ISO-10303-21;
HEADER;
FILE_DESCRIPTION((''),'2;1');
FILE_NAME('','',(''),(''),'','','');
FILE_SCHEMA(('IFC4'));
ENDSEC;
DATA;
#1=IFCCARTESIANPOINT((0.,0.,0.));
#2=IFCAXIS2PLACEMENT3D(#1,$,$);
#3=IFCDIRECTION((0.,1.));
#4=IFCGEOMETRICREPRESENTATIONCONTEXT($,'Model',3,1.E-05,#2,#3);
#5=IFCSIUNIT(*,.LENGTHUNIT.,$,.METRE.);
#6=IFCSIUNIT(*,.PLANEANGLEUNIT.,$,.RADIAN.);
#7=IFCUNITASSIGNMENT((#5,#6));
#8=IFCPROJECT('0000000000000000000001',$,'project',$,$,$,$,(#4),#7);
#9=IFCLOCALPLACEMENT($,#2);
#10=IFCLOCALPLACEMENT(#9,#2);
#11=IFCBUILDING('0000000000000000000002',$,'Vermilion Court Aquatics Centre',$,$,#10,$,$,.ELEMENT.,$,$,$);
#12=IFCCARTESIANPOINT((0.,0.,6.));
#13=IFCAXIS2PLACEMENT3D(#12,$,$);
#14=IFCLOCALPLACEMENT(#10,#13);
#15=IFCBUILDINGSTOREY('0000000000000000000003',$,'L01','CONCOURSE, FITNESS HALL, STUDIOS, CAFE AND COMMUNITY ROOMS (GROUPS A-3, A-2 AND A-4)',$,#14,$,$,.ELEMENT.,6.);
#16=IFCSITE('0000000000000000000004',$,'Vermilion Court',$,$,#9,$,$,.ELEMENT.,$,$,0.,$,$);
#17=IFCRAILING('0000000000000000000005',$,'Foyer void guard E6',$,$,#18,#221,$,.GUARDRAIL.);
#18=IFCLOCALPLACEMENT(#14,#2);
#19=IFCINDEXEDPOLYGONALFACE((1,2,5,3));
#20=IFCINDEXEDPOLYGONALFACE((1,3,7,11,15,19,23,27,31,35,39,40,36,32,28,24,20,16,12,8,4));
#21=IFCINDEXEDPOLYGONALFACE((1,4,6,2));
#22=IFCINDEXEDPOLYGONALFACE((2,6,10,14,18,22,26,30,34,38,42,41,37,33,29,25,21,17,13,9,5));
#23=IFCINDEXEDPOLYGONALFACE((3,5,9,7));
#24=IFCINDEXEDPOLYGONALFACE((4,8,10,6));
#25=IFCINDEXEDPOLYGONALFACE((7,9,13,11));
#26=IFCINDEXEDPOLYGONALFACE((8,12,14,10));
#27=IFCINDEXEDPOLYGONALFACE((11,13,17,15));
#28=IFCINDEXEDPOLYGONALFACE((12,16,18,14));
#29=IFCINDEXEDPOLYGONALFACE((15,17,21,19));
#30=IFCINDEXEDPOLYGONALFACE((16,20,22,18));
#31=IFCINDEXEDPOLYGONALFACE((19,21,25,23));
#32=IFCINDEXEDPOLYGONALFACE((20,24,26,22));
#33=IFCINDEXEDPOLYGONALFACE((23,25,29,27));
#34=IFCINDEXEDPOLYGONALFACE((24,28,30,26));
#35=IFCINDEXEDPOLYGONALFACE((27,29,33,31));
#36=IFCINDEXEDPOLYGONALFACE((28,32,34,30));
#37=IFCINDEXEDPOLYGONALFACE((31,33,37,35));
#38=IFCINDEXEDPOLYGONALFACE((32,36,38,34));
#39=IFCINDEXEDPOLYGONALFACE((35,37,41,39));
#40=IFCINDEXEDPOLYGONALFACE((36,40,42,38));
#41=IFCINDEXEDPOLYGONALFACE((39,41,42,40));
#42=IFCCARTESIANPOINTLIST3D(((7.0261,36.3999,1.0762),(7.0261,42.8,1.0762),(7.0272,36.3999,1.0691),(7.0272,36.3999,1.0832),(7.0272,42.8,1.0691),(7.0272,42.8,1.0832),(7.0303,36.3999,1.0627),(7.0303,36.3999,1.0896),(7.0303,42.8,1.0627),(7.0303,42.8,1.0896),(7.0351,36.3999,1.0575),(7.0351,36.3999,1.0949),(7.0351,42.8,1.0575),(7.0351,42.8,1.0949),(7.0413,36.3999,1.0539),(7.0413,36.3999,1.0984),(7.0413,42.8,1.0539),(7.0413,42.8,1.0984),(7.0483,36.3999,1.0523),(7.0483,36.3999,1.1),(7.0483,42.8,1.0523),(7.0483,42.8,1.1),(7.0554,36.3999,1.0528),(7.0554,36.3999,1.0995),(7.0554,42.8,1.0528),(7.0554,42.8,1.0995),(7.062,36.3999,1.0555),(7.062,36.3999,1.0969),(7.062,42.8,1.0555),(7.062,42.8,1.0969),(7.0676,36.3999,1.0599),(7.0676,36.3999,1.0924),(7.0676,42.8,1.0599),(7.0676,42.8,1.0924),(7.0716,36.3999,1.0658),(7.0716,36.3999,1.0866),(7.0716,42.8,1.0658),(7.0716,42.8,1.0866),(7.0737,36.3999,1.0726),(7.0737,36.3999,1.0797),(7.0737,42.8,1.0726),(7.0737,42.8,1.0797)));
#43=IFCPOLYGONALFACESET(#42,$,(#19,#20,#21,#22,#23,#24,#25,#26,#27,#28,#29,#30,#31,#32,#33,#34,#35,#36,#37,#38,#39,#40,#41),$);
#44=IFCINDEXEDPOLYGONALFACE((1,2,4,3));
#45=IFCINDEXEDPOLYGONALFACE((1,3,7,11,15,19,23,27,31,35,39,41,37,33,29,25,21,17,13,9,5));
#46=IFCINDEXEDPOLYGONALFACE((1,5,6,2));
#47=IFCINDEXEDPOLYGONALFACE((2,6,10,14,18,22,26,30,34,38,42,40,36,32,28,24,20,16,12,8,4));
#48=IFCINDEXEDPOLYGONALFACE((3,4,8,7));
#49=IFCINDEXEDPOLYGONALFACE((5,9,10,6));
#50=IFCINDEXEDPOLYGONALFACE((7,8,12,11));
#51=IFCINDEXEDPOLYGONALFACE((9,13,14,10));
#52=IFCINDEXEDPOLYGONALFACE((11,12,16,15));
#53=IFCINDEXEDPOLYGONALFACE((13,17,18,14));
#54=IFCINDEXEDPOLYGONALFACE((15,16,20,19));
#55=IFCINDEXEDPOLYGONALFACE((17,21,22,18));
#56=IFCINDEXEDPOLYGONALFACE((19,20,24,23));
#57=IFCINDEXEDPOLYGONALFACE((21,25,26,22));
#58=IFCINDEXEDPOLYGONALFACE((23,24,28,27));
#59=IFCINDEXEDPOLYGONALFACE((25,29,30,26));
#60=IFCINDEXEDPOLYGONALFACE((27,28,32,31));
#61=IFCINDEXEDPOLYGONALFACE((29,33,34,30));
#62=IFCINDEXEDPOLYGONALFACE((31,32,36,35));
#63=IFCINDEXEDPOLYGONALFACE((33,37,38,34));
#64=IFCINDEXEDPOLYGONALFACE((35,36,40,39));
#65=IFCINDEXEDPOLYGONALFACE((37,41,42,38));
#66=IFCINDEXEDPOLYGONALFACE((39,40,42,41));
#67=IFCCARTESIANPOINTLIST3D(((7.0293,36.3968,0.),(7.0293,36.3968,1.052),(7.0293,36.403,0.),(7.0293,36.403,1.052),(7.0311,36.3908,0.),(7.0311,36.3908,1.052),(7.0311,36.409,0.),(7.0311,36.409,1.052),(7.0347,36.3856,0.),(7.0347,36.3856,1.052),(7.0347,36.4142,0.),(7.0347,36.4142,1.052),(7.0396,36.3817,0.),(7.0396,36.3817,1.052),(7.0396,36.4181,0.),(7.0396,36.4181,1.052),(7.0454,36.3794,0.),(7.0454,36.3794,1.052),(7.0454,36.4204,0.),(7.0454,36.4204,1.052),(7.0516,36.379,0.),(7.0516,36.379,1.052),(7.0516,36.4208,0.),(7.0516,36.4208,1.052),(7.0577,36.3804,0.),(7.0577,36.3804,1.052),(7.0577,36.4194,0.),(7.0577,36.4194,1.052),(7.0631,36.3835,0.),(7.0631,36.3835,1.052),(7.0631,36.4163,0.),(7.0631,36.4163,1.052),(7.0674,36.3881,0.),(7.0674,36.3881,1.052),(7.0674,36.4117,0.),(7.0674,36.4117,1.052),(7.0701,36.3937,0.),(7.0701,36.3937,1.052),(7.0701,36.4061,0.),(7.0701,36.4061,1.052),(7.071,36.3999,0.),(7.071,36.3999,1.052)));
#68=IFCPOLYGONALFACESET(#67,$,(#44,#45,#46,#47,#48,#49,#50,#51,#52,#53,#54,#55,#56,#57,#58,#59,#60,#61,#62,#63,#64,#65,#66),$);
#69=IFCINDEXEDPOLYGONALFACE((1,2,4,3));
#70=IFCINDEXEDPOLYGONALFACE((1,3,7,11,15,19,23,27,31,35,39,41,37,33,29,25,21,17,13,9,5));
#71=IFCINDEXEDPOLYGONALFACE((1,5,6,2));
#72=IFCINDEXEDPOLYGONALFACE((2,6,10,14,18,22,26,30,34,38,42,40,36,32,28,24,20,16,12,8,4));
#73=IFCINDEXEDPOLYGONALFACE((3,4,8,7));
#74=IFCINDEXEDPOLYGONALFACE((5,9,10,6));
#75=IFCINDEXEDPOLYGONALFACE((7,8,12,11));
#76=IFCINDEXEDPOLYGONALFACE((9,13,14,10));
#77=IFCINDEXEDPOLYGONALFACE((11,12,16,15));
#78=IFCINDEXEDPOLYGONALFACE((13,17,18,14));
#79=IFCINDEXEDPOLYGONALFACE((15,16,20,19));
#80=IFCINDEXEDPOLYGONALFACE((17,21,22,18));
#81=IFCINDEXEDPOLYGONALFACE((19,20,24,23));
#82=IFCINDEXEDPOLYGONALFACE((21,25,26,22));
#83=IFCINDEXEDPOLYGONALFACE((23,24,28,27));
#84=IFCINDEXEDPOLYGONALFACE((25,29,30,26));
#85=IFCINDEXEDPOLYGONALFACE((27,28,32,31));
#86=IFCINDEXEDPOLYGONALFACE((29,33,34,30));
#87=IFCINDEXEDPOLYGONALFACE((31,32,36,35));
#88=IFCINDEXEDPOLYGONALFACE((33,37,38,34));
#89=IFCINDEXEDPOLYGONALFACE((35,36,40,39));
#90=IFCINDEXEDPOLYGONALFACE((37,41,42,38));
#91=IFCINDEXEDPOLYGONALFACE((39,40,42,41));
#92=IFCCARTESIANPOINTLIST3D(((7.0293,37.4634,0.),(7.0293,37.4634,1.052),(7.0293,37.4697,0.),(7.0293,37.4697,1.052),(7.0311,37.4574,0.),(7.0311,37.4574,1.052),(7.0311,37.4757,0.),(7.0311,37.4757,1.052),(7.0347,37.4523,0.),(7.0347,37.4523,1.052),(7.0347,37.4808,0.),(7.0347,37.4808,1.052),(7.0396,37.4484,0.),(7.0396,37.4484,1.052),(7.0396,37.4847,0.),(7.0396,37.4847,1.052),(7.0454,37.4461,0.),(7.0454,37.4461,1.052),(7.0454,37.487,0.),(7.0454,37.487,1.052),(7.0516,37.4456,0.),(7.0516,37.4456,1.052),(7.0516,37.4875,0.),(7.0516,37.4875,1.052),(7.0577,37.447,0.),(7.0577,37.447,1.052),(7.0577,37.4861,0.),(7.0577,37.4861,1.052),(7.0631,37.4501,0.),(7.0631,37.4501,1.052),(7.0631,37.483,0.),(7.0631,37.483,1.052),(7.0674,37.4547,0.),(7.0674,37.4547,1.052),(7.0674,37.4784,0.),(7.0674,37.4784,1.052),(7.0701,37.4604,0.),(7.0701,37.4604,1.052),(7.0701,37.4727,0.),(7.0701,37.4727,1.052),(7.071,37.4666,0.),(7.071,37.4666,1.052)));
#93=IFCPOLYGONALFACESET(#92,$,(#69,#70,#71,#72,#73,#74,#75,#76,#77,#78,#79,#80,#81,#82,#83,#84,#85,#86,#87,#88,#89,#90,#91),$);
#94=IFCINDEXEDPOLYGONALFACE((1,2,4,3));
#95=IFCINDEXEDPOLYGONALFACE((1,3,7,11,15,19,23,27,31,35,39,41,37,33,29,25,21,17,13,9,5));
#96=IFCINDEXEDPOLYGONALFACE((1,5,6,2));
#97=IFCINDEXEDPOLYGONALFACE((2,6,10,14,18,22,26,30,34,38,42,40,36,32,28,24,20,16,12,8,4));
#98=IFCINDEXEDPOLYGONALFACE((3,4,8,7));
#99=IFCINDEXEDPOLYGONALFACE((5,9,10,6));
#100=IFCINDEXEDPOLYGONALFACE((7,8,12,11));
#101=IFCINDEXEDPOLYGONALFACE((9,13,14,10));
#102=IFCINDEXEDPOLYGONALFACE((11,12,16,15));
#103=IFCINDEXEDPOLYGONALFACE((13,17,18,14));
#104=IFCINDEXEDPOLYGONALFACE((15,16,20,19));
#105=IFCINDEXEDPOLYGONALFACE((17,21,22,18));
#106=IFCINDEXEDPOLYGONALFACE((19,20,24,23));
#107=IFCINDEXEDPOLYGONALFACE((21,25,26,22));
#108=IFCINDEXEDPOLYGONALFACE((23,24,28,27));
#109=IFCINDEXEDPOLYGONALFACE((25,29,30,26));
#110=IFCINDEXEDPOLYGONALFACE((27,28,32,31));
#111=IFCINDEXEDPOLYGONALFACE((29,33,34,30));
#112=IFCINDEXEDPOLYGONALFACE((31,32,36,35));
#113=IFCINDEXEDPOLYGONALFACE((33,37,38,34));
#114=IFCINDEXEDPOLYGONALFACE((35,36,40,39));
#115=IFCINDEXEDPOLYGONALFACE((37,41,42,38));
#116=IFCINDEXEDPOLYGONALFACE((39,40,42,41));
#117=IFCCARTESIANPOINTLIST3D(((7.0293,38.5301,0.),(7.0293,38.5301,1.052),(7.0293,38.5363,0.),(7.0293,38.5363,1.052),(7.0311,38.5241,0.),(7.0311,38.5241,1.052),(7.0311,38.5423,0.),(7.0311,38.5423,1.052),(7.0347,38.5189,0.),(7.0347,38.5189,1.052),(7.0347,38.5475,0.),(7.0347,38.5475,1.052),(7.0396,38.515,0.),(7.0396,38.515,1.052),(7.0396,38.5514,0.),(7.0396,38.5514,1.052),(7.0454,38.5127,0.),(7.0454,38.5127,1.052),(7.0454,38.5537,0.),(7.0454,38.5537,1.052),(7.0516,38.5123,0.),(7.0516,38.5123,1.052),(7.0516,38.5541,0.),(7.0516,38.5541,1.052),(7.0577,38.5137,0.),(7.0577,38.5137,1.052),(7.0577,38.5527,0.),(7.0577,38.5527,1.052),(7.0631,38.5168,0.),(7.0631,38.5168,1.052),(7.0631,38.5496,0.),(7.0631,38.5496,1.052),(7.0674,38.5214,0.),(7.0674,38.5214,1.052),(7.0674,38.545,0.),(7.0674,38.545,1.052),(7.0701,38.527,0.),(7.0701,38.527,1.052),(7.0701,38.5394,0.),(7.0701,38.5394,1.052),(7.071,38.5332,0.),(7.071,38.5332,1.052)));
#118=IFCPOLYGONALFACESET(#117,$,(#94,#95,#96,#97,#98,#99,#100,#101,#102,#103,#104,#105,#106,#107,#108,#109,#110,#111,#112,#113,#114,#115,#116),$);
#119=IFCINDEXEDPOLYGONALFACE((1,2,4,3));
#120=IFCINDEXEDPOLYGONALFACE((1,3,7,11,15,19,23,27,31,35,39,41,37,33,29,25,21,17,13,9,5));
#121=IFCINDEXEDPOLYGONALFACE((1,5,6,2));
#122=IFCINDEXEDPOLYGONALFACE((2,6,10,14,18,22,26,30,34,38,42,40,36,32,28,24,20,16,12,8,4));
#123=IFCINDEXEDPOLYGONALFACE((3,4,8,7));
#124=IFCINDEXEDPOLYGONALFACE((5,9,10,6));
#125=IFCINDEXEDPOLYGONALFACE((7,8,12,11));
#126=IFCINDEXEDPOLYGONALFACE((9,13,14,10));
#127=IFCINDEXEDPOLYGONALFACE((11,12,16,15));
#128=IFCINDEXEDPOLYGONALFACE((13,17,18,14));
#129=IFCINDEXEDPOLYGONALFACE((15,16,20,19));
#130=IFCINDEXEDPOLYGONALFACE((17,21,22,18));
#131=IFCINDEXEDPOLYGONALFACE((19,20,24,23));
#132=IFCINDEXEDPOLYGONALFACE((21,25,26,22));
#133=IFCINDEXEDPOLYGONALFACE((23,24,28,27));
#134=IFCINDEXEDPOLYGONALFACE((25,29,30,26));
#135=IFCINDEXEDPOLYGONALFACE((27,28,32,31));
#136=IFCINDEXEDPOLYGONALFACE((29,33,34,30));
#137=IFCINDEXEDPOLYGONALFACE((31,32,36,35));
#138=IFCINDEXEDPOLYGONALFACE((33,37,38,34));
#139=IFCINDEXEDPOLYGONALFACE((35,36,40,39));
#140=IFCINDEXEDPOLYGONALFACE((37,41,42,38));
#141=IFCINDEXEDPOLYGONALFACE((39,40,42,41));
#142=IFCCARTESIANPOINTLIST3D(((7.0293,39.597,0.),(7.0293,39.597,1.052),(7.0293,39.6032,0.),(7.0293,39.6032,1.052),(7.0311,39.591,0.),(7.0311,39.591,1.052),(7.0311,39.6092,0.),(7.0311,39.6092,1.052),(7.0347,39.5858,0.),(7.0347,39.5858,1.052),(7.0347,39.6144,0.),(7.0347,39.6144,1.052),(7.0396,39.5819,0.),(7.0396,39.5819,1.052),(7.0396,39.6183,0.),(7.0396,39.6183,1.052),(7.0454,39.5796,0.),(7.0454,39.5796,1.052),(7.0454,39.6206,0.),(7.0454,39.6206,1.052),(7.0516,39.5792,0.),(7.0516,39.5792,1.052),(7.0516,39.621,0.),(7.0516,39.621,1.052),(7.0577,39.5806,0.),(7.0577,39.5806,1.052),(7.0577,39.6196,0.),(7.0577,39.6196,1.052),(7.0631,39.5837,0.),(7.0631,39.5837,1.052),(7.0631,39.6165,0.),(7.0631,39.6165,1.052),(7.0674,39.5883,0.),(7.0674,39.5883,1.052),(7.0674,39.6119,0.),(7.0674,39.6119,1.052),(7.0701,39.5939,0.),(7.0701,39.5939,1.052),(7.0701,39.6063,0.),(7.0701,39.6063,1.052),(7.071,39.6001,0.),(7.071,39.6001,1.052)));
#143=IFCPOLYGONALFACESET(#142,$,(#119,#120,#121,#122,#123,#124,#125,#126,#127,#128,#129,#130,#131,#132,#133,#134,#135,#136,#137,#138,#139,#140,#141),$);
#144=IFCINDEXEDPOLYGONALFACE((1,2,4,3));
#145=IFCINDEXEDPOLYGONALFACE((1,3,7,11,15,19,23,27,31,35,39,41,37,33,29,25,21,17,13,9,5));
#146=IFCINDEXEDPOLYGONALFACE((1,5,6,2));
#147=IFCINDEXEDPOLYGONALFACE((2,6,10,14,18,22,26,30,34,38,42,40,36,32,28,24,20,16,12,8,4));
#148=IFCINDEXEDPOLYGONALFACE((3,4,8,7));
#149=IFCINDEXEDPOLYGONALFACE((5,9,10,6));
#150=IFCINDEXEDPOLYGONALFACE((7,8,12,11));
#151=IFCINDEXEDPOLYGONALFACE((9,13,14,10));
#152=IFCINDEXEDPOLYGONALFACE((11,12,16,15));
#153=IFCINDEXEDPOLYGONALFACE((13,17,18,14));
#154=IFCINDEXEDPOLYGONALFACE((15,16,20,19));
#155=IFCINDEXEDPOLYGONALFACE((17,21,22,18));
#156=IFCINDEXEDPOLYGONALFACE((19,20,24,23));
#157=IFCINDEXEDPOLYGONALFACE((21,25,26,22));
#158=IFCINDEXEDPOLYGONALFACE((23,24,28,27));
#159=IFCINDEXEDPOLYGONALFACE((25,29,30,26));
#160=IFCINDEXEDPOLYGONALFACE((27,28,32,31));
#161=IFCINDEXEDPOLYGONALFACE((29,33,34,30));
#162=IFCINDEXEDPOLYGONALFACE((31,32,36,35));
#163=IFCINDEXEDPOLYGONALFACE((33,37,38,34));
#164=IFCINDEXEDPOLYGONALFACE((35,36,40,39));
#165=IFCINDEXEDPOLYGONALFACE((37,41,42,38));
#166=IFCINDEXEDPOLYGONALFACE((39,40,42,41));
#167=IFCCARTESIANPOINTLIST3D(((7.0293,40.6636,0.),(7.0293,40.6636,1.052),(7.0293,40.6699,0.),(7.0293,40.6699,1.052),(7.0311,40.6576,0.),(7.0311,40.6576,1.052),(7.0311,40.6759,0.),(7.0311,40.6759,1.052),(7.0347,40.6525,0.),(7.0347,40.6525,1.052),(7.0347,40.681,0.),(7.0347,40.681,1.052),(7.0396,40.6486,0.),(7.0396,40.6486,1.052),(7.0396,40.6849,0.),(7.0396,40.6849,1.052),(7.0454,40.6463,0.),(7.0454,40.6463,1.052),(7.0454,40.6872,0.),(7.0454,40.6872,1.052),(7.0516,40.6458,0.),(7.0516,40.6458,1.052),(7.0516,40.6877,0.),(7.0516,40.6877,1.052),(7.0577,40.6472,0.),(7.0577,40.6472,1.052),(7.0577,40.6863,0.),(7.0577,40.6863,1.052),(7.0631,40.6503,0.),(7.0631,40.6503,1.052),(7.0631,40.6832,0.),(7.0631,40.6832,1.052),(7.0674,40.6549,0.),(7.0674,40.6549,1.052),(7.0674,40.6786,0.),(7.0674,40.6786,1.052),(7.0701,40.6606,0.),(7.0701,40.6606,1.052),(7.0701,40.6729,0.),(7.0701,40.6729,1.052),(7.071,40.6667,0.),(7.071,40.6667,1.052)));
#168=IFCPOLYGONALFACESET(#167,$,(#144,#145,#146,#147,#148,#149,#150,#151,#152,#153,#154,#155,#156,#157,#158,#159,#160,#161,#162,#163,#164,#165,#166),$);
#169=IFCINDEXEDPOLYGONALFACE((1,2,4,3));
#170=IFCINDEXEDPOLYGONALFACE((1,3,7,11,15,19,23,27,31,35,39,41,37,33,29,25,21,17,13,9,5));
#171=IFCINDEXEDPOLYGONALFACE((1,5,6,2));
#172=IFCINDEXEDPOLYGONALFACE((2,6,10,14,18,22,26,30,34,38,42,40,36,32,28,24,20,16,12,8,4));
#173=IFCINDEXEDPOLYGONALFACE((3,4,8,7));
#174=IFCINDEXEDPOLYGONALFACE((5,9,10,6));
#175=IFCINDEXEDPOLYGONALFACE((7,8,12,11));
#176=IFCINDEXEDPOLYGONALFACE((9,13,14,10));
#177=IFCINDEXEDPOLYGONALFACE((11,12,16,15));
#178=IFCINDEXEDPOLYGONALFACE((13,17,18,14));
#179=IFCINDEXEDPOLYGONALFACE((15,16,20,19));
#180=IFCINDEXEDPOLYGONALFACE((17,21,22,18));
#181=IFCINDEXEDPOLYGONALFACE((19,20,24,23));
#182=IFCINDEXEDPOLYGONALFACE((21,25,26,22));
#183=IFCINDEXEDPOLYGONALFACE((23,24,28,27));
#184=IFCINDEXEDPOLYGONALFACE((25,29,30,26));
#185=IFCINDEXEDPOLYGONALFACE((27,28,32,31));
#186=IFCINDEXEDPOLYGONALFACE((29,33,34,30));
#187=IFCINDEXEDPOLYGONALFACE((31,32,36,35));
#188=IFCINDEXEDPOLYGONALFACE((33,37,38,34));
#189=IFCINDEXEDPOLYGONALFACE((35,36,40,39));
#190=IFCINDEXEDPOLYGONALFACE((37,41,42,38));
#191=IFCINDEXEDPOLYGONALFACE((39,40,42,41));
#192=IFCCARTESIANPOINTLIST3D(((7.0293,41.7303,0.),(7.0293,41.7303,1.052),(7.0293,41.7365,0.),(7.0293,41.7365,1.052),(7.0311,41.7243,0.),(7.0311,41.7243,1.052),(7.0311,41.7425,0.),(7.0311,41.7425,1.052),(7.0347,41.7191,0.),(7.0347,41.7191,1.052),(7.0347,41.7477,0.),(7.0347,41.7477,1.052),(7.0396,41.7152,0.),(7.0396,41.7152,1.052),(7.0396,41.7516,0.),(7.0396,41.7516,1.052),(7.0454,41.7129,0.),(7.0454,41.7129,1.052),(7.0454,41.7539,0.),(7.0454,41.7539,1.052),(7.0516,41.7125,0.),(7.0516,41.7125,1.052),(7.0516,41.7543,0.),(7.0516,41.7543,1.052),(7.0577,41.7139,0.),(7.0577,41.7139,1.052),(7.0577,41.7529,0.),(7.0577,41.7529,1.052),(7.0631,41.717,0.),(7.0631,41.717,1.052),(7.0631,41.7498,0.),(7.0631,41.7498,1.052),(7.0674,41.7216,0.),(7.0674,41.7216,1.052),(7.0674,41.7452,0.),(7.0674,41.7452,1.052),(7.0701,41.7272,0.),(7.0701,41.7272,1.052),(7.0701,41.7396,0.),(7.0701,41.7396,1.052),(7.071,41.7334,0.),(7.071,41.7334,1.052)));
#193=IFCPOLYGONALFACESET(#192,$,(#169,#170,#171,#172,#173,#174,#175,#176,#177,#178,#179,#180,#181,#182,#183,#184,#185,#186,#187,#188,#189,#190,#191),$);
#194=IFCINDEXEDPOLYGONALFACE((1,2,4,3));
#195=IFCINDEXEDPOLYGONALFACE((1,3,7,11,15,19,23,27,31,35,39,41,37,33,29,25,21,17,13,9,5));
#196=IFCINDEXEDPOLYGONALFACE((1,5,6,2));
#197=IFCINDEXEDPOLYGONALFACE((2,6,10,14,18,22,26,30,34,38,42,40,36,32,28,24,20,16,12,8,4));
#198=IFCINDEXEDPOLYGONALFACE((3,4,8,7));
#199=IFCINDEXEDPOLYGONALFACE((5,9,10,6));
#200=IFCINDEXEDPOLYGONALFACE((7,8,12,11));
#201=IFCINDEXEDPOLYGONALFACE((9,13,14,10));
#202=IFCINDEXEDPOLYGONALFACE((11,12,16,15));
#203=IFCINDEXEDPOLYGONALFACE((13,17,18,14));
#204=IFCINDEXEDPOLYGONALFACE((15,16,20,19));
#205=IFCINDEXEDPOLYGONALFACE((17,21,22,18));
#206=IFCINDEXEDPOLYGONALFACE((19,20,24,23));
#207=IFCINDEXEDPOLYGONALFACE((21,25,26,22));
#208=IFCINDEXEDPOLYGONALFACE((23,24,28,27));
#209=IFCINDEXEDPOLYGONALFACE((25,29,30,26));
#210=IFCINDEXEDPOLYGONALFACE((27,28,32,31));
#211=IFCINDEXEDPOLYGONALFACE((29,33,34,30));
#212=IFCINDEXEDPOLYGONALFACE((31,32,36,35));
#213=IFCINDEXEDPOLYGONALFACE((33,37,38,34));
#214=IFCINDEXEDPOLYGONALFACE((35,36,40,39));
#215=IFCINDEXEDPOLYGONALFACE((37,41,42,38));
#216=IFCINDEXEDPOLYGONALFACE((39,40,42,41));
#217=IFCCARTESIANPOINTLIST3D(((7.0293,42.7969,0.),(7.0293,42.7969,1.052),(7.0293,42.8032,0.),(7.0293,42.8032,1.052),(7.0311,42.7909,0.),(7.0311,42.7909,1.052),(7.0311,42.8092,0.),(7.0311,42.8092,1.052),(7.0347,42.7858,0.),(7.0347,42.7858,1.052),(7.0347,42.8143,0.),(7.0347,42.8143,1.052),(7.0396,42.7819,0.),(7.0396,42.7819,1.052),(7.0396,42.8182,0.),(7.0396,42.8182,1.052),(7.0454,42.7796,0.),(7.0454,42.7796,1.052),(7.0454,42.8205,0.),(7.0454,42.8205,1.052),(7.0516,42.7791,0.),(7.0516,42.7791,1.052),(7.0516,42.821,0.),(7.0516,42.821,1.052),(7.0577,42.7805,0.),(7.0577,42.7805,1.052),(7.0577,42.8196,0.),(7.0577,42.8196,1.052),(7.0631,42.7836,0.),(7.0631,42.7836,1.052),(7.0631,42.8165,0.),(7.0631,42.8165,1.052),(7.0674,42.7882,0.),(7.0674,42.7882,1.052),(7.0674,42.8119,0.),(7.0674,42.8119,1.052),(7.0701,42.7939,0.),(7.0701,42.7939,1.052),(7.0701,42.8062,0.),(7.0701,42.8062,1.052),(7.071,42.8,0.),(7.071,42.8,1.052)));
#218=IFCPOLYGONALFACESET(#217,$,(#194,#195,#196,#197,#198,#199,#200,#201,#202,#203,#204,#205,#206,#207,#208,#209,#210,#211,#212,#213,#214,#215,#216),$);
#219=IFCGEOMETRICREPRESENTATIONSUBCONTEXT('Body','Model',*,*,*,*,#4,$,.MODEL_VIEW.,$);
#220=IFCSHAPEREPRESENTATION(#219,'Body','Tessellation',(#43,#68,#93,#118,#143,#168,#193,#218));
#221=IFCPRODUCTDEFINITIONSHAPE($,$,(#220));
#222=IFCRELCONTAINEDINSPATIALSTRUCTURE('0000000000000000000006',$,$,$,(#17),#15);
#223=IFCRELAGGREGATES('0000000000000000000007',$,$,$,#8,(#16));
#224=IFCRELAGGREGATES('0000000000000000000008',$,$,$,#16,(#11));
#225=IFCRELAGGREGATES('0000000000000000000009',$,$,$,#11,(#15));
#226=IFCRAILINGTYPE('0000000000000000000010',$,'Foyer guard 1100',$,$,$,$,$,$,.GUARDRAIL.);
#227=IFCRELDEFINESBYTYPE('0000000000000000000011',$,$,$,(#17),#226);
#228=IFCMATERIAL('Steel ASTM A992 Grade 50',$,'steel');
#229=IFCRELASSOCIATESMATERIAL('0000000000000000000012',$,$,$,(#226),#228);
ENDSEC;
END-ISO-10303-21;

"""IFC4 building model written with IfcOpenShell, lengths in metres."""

from ifc_helpers import new_model, si_unit, direction, frame, origin, origin_2d, place, context, subcontext, project, spatial, circle, extrude, material, type_object, element, save


model = new_model("IFC4")

# Units and contexts
model_context = context("Model", 3, precision=1e-05, world=origin(), true_north=direction((0.0, 1.0)))
body_context = subcontext(model_context, "Body", "Model", "MODEL_VIEW")
ifc_project = project(units=[si_unit("LENGTHUNIT", "METRE"), si_unit("PLANEANGLEUNIT", "RADIAN")], contexts=[model_context])

# Site, building, storey
site_placement = place(None, origin())
site = spatial("IfcSite", under=ifc_project, at=site_placement, Name="Vermilion Court", CompositionType="ELEMENT", RefElevation=0.0)
building_placement = place(site_placement, origin())
building = spatial("IfcBuilding", under=site, at=building_placement, Name="Vermilion Court Aquatics Centre", CompositionType="ELEMENT")
storey_placement = place(building_placement, frame((0.0, 0.0, 6.0)))
storey = spatial("IfcBuildingStorey", under=building, at=storey_placement, Name="L01", Description="CONCOURSE, FITNESS HALL, STUDIOS, CAFE AND COMMUNITY ROOMS (GROUPS A-3, A-2 AND A-4)", CompositionType="ELEMENT", Elevation=6.0)

# Railing
ifc_material_1 = material(Name="Steel ASTM A992 Grade 50", Category="steel")
railing_type = type_object("IfcRailingType", Name="Foyer guard 1100", PredefinedType="GUARDRAIL", material=ifc_material_1)
for number, where, name in (
    (1, (7.05, 36.3999, 0.0), "Foyer void guard E6"),
):
    element("IfcRailing", number, at=place(storey_placement, frame(where)), inside=storey, type_object=railing_type, Name=name, PredefinedType="GUARDRAIL", context=body_context, shape_type="SweptSolid", body=[
        extrude(circle(Radius=0.0239, at=origin_2d()), frame((0.0, 0.0, 1.0762), z_axis=(0.0, 1.0, 0.0), x_axis=(-1.0, 0.0, 0.0)), (0.0, 0.0, 1.0), 6.4001),
        extrude(circle(Radius=0.021, at=origin_2d()), origin(), (0.0, 0.0, 1.0), 1.052),
        extrude(circle(Radius=0.021, at=origin_2d()), frame((0.0, 1.0667, 0.0)), (0.0, 0.0, 1.0), 1.052),
        extrude(circle(Radius=0.021, at=origin_2d()), frame((0.0, 2.1333, 0.0)), (0.0, 0.0, 1.0), 1.052),
        extrude(circle(Radius=0.021, at=origin_2d()), frame((0.0, 3.2002, 0.0)), (0.0, 0.0, 1.0), 1.052),
        extrude(circle(Radius=0.021, at=origin_2d()), frame((0.0, 4.2668, 0.0)), (0.0, 0.0, 1.0), 1.052),
        extrude(circle(Radius=0.021, at=origin_2d()), frame((0.0, 5.3335, 0.0)), (0.0, 0.0, 1.0), 1.052),
        extrude(circle(Radius=0.021, at=origin_2d()), frame((0.0, 6.4001, 0.0)), (0.0, 0.0, 1.0), 1.052),
    ])

save(model, "model.ifc")
